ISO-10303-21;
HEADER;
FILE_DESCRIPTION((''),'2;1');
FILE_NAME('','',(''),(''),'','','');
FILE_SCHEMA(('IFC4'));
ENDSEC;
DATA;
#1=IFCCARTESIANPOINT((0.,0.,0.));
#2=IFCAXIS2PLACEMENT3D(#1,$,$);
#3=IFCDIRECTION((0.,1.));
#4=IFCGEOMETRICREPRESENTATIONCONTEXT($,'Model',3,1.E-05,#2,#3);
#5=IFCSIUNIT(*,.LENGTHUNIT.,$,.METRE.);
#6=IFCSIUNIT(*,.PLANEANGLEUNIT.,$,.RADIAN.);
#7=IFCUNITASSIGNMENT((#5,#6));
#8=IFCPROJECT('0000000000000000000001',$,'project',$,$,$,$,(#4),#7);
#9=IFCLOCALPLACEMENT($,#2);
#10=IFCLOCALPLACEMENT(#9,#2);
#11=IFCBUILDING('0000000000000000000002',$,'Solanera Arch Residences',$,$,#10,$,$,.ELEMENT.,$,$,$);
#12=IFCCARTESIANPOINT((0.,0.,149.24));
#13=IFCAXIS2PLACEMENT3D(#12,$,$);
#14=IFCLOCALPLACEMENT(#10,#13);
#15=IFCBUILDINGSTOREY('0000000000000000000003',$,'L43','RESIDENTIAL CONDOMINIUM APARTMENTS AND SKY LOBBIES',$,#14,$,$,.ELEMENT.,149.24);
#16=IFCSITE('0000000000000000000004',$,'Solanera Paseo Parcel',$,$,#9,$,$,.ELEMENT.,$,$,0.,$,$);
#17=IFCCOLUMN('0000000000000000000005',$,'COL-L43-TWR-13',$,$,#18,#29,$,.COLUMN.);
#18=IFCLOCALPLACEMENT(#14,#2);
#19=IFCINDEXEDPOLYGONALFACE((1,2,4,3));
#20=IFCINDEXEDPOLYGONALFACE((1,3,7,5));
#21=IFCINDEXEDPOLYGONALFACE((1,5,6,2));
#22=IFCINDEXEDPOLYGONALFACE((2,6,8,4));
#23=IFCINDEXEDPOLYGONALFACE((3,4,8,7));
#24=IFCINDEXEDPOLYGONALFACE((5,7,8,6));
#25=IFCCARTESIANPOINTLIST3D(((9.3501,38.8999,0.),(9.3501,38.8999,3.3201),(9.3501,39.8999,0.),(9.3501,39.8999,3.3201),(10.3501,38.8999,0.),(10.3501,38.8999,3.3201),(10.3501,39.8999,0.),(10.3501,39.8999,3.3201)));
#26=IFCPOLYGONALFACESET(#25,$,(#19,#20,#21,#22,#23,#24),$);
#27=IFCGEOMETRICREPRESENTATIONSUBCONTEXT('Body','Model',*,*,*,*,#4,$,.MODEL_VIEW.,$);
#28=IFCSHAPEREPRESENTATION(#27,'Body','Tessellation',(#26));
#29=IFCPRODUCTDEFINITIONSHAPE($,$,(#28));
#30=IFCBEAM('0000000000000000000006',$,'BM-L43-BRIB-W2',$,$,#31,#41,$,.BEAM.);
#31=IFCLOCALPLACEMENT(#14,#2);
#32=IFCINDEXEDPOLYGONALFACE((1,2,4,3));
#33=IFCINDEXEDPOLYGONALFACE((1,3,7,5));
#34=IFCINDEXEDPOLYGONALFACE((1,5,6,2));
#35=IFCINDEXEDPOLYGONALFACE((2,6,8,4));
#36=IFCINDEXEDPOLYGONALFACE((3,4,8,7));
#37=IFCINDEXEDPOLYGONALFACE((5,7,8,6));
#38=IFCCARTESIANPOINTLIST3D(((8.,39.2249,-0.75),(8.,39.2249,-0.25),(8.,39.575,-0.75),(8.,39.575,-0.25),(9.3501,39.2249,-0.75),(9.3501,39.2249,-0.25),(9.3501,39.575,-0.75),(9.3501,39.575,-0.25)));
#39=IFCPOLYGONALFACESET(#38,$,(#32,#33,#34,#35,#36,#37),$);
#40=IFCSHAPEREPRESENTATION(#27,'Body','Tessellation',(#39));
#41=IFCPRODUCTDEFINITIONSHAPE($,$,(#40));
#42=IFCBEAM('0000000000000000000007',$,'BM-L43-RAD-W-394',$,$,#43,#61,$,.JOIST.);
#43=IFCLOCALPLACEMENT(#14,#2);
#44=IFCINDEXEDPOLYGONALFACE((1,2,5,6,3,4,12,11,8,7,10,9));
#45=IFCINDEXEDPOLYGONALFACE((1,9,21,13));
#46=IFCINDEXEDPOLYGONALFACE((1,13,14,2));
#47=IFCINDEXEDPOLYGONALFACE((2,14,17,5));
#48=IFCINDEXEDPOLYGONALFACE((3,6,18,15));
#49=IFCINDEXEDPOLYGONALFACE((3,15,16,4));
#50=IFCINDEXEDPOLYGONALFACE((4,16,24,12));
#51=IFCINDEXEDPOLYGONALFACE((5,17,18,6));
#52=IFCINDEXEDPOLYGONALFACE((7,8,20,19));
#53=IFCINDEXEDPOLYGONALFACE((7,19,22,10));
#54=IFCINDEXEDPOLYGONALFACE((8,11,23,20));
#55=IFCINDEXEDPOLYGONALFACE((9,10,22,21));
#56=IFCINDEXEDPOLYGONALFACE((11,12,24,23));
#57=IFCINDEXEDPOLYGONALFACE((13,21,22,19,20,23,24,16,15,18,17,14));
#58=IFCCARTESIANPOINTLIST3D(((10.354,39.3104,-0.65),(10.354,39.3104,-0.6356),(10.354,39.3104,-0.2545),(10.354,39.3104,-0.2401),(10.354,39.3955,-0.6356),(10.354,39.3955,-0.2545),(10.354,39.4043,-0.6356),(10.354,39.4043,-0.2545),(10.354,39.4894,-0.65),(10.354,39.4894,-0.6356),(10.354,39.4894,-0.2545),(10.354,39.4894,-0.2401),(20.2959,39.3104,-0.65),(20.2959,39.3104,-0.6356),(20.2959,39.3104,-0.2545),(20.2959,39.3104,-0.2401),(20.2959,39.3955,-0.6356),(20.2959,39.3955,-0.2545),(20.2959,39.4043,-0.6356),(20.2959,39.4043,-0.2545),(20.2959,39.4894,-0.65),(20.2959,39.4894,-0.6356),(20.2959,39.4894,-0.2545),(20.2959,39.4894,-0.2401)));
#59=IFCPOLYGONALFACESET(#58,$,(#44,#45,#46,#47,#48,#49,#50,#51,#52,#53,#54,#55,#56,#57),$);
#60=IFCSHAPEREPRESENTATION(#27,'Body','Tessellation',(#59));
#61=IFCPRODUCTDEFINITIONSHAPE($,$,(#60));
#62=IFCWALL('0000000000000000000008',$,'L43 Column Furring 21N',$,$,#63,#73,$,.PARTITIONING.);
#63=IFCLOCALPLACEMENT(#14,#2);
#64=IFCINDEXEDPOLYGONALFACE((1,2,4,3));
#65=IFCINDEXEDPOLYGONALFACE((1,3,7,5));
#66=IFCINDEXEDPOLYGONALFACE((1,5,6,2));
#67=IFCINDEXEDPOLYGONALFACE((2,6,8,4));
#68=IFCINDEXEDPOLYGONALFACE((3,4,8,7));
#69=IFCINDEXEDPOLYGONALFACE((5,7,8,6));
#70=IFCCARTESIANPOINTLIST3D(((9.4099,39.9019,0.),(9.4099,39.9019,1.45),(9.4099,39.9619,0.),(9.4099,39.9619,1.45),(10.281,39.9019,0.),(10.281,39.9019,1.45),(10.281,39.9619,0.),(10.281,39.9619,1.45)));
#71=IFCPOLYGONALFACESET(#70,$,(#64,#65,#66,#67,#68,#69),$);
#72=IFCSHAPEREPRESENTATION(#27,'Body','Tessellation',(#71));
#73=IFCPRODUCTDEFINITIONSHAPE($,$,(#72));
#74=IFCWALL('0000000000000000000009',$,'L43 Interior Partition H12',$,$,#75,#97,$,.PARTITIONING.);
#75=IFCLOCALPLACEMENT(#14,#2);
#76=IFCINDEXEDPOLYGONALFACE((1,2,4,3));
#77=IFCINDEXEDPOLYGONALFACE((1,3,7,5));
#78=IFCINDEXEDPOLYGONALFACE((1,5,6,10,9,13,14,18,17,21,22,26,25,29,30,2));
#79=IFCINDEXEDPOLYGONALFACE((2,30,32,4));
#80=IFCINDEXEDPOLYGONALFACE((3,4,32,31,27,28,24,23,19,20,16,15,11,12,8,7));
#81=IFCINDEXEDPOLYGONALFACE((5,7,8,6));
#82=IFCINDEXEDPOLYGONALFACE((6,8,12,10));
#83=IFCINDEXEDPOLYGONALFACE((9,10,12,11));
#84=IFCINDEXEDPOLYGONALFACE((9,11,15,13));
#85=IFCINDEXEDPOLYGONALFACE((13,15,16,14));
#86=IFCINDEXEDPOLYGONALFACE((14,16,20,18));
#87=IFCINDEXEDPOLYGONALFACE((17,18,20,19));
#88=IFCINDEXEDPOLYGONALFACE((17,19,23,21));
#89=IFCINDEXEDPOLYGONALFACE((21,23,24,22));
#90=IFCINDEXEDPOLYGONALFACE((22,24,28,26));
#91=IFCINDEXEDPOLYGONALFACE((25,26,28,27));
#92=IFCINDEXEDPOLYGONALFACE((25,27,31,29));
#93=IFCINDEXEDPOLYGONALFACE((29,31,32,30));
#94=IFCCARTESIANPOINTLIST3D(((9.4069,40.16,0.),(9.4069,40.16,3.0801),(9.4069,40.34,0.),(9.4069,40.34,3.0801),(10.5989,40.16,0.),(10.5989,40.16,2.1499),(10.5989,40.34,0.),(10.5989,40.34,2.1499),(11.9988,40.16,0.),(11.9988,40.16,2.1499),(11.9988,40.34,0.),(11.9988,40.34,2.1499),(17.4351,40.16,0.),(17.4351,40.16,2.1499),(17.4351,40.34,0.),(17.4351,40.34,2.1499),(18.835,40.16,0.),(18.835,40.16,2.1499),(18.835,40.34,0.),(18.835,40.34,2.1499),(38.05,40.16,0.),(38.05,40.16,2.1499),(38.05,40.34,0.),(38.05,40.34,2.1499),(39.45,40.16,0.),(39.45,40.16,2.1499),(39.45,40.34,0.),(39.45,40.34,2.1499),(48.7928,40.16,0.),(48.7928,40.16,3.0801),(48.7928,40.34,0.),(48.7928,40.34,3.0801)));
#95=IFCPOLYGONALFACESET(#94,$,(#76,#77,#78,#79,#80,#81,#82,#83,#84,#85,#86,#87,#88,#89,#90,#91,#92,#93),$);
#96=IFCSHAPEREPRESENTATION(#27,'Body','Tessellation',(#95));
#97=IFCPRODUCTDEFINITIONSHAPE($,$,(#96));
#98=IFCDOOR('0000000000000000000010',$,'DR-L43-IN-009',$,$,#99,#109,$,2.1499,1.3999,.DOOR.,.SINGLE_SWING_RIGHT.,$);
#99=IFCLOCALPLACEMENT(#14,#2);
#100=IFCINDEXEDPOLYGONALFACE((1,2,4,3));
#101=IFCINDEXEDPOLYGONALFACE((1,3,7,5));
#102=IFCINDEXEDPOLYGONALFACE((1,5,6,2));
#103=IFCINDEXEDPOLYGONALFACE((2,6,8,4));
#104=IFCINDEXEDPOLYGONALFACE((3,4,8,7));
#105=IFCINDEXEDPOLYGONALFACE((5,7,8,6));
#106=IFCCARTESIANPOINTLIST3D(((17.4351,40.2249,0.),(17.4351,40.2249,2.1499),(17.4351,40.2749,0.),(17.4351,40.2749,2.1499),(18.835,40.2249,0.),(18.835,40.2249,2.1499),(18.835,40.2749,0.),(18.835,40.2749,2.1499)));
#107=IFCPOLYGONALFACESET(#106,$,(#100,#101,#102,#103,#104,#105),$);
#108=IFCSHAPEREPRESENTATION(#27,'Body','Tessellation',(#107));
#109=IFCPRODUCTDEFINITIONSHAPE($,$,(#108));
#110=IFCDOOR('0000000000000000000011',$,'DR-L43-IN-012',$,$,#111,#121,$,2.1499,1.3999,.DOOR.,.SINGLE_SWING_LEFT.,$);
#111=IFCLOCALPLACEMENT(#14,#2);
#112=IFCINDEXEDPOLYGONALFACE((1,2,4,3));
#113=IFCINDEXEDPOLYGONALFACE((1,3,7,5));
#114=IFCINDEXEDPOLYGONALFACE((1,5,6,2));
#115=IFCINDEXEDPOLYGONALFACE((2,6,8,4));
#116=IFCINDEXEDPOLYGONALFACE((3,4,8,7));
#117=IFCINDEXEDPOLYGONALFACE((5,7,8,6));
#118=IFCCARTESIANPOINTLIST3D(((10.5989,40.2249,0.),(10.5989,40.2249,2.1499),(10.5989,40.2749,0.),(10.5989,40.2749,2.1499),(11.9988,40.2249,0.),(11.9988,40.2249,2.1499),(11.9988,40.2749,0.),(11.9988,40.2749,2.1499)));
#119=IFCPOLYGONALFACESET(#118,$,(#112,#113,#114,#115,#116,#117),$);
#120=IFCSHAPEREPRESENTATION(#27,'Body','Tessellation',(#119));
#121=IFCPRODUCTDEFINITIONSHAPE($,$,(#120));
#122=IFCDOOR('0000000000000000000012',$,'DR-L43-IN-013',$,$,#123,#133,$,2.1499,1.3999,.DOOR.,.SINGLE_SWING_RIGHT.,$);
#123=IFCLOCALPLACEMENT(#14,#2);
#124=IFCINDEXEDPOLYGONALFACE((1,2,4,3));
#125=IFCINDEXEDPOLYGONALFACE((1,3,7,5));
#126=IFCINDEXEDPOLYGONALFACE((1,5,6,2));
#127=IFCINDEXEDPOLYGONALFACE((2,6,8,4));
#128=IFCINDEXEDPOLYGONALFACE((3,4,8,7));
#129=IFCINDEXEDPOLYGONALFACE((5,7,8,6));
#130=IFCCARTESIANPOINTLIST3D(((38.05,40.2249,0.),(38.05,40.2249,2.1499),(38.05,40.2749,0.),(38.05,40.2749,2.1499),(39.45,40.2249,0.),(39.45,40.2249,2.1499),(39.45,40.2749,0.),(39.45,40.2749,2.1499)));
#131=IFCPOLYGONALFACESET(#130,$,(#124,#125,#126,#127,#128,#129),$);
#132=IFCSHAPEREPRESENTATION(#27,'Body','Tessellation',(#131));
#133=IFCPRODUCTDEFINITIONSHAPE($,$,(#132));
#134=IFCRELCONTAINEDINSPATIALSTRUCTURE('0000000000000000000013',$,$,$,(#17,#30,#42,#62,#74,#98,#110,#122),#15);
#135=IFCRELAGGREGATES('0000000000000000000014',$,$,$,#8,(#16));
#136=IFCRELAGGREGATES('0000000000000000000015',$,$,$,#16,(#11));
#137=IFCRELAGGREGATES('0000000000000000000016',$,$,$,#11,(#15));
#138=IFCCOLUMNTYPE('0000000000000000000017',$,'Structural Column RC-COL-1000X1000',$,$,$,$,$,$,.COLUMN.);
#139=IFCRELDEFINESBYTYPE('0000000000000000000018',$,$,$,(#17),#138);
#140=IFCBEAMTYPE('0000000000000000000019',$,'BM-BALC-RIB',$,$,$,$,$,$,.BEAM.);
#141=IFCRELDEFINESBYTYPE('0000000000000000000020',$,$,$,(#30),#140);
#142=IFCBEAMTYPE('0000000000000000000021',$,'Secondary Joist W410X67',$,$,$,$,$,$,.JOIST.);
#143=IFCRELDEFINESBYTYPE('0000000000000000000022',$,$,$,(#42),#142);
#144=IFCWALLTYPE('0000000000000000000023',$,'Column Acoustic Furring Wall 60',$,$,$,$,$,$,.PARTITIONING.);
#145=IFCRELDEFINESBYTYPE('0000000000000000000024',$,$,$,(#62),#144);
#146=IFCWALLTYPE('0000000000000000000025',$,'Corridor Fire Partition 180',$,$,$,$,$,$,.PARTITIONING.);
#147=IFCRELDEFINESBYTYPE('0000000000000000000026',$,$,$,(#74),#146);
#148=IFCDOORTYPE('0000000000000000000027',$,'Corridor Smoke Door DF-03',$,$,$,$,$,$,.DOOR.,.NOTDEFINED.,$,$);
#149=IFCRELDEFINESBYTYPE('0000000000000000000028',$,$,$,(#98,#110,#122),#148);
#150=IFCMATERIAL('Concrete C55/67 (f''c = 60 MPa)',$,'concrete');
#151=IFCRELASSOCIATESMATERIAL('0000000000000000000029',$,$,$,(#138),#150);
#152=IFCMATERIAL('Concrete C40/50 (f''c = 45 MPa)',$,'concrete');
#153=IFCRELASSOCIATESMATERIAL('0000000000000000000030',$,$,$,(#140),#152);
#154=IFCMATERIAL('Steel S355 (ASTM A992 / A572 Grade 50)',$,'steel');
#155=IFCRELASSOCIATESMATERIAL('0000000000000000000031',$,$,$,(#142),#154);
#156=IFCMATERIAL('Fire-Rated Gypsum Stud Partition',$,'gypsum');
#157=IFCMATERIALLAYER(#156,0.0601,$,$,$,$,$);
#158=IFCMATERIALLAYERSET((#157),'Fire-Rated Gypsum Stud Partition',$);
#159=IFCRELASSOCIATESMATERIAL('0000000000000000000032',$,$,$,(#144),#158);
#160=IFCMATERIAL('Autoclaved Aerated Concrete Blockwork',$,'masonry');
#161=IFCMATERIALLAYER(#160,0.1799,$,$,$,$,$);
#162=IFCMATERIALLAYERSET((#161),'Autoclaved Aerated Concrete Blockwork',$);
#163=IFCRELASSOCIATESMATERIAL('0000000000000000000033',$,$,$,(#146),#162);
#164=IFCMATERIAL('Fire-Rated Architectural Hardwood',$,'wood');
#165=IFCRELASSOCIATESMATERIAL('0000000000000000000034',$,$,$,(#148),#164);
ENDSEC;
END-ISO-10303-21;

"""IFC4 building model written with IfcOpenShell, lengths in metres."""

from ifc_helpers import new_model, si_unit, direction, frame, frame_2d, origin, origin_2d, place, context, subcontext, project, spatial, rectangle, i_section, extrude, material, layer, layer_set, material_profile, profile_set, type_object, element, fill, save


model = new_model("IFC4")

# Units and contexts
model_context = context("Model", 3, precision=1e-05, world=origin(), true_north=direction((0.0, 1.0)))
body_context = subcontext(model_context, "Body", "Model", "MODEL_VIEW")
ifc_project = project(units=[si_unit("LENGTHUNIT", "METRE"), si_unit("PLANEANGLEUNIT", "RADIAN")], contexts=[model_context])

# Site, building, storey
site_placement = place(None, origin())
site = spatial("IfcSite", under=ifc_project, at=site_placement, Name="Solanera Paseo Parcel", CompositionType="ELEMENT", RefElevation=0.0)
building_placement = place(site_placement, origin())
building = spatial("IfcBuilding", under=site, at=building_placement, Name="Solanera Arch Residences", CompositionType="ELEMENT")
storey_placement = place(building_placement, frame((0.0, 0.0, 149.24)))
storey = spatial("IfcBuildingStorey", under=building, at=storey_placement, Name="L43", Description="RESIDENTIAL CONDOMINIUM APARTMENTS AND SKY LOBBIES", CompositionType="ELEMENT", Elevation=149.24)

# Column
ifc_material_1 = material(Name="Concrete C55/67 (f'c = 60 MPa)", Category="concrete")
ifc_material_profile_1 = material_profile(ifc_material_1, rectangle(XDim=1.0, YDim=1.0, at=origin_2d()))
ifc_profile_set_1 = profile_set([ifc_material_profile_1], Name="Concrete C55/67 (f'c = 60 MPa)")
column_type = type_object("IfcColumnType", Name="Structural Column RC-COL-1000X1000", PredefinedType="COLUMN", material=ifc_profile_set_1)
column_placement = place(storey_placement, frame((9.8501, 39.3999, 0.0), z_axis=(0.0, 0.0, 1.0), x_axis=(1.0, 0.0, 0.0)))
element("IfcColumn", 1, at=column_placement, inside=storey, type_object=column_type, Name="COL-L43-TWR-13", PredefinedType="COLUMN", context=body_context, shape_type="SweptSolid", body=[
    extrude(rectangle(XDim=1.0, YDim=1.0, at=origin_2d()), origin(), (0.0, 0.0, 1.0), 3.3201),
])

# Beams
ifc_material_2 = material(Name="Concrete C40/50 (f'c = 45 MPa)", Category="concrete")
ifc_material_profile_2 = material_profile(ifc_material_2, rectangle(XDim=0.3501, YDim=0.5, at=origin_2d()))
ifc_profile_set_2 = profile_set([ifc_material_profile_2], Name="Concrete C40/50 (f'c = 45 MPa)")
beam_type_1 = type_object("IfcBeamType", Name="BM-BALC-RIB", PredefinedType="BEAM", material=ifc_profile_set_2)
beam_1_placement = place(storey_placement, frame((8.0, 39.3999, -0.5), z_axis=(1.0, 0.0, 0.0), x_axis=(0.0, 1.0, 0.0)))
element("IfcBeam", 2, at=beam_1_placement, inside=storey, type_object=beam_type_1, Name="BM-L43-BRIB-W2", PredefinedType="BEAM", context=body_context, shape_type="SweptSolid", body=[
    extrude(rectangle(XDim=0.3501, YDim=0.5, at=origin_2d()), origin(), (0.0, 0.0, 1.0), 1.3501),
])
ifc_material_3 = material(Name="Steel S355 (ASTM A992 / A572 Grade 50)", Category="steel")
ifc_material_profile_3 = material_profile(ifc_material_3, i_section(OverallWidth=0.179, OverallDepth=0.4099, WebThickness=0.0088, FlangeThickness=0.0144, at=origin_2d()))
ifc_profile_set_3 = profile_set([ifc_material_profile_3], Name="Steel S355 (ASTM A992 / A572 Grade 50)")
beam_type_2 = type_object("IfcBeamType", Name="Secondary Joist W410X67", PredefinedType="JOIST", material=ifc_profile_set_3)
beam_2_placement = place(storey_placement, frame((10.354, 39.3999, -0.4451), z_axis=(1.0, 0.0, 0.0), x_axis=(0.0, 1.0, 0.0)))
element("IfcBeam", 3, at=beam_2_placement, inside=storey, type_object=beam_type_2, Name="BM-L43-RAD-W-394", PredefinedType="JOIST", context=body_context, shape_type="SweptSolid", body=[
    extrude(i_section(OverallWidth=0.179, OverallDepth=0.4099, WebThickness=0.0088, FlangeThickness=0.0144, at=origin_2d()), origin(), (0.0, 0.0, 1.0), 9.9419),
])

# Wall
ifc_material_4 = material(Name="Fire-Rated Gypsum Stud Partition", Category="gypsum")
ifc_layer_1 = layer(ifc_material_4, 0.0601)
ifc_layer_set_1 = layer_set([ifc_layer_1], Name="Fire-Rated Gypsum Stud Partition")
wall_type_1 = type_object("IfcWallType", Name="Column Acoustic Furring Wall 60", PredefinedType="PARTITIONING", material=ifc_layer_set_1)
wall_1_placement = place(storey_placement, frame((9.4099, 39.9319, 0.0), z_axis=(0.0, 0.0, 1.0), x_axis=(1.0, 0.0, 0.0)))
element("IfcWall", 4, at=wall_1_placement, inside=storey, type_object=wall_type_1, Name="L43 Column Furring 21N", PredefinedType="PARTITIONING", context=body_context, shape_type="SweptSolid", body=[
    extrude(rectangle(XDim=0.8711, YDim=0.0601, at=frame_2d((0.4355, 0.0))), origin(), (0.0, 0.0, 1.0), 1.45),
])

# Wall, openings, doors
ifc_material_5 = material(Name="Autoclaved Aerated Concrete Blockwork", Category="masonry")
ifc_layer_2 = layer(ifc_material_5, 0.1799)
ifc_layer_set_2 = layer_set([ifc_layer_2], Name="Autoclaved Aerated Concrete Blockwork")
wall_type_2 = type_object("IfcWallType", Name="Corridor Fire Partition 180", PredefinedType="PARTITIONING", material=ifc_layer_set_2)
wall_2_placement = place(storey_placement, frame((9.407, 40.25, 0.0), z_axis=(0.0, 0.0, 1.0), x_axis=(1.0, 0.0, 0.0)))
wall_2 = element("IfcWall", 5, at=wall_2_placement, inside=storey, type_object=wall_type_2, Name="L43 Interior Partition H12", PredefinedType="PARTITIONING", context=body_context, shape_type="SweptSolid", body=[
    extrude(rectangle(XDim=39.386, YDim=0.1799, at=frame_2d((19.6929, 0.0))), origin(), (0.0, 0.0, 1.0), 3.0801),
])
opening_1_placement = place(wall_2_placement, frame((8.0281, 0.0, 0.0)))
opening_1 = element("IfcOpeningElement", 6, at=opening_1_placement, cuts=wall_2, PredefinedType="OPENING", context=body_context, shape_type="SweptSolid", body=[
    extrude(rectangle(XDim=1.3999, YDim=2.1499, at=frame_2d((0.7, 1.075))), frame((0.0, 0.1001, 0.0), z_axis=(0.0, -1.0, 0.0), x_axis=(1.0, 0.0, 0.0)), (0.0, 0.0, 1.0), 0.1999),
])
opening_2_placement = place(wall_2_placement, frame((1.1919, 0.0, 0.0)))
opening_2 = element("IfcOpeningElement", 7, at=opening_2_placement, cuts=wall_2, PredefinedType="OPENING", context=body_context, shape_type="SweptSolid", body=[
    extrude(rectangle(XDim=1.3999, YDim=2.1499, at=frame_2d((0.7, 1.075))), frame((0.0, 0.1001, 0.0), z_axis=(0.0, -1.0, 0.0), x_axis=(1.0, 0.0, 0.0)), (0.0, 0.0, 1.0), 0.1999),
])
opening_3_placement = place(wall_2_placement, frame((28.6431, 0.0, 0.0)))
opening_3 = element("IfcOpeningElement", 8, at=opening_3_placement, cuts=wall_2, PredefinedType="OPENING", context=body_context, shape_type="SweptSolid", body=[
    extrude(rectangle(XDim=1.3999, YDim=2.1499, at=frame_2d((0.7, 1.075))), frame((0.0, 0.1001, 0.0), z_axis=(0.0, -1.0, 0.0), x_axis=(1.0, 0.0, 0.0)), (0.0, 0.0, 1.0), 0.1999),
])
ifc_material_6 = material(Name="Fire-Rated Architectural Hardwood", Category="wood")
door_type_1 = type_object("IfcDoorType", Name="Corridor Smoke Door DF-03", OperationType="NOTDEFINED", PredefinedType="DOOR", material=ifc_material_6)
door_1_placement = place(opening_1_placement, origin())
door_1 = element("IfcDoor", 9, at=door_1_placement, inside=storey, type_object=door_type_1, Name="DR-L43-IN-009", OperationType="SINGLE_SWING_RIGHT", OverallHeight=2.1499, OverallWidth=1.3999, PredefinedType="DOOR", context=body_context, shape_type="SweptSolid", body=[
    extrude(rectangle(XDim=1.3999, YDim=2.1499, at=frame_2d((0.7, 1.075))), frame((0.0, 0.0249, 0.0), z_axis=(0.0, -1.0, 0.0), x_axis=(1.0, 0.0, 0.0)), (0.0, 0.0, 1.0), 0.05),
])
fill(opening_1, door_1)
door_2_placement = place(opening_2_placement, origin())
door_2 = element("IfcDoor", 10, at=door_2_placement, inside=storey, type_object=door_type_1, Name="DR-L43-IN-012", OperationType="SINGLE_SWING_LEFT", OverallHeight=2.1499, OverallWidth=1.3999, PredefinedType="DOOR", context=body_context, shape_type="SweptSolid", body=[
    extrude(rectangle(XDim=1.3999, YDim=2.1499, at=frame_2d((0.7, 1.075))), frame((0.0, 0.0249, 0.0), z_axis=(0.0, -1.0, 0.0), x_axis=(1.0, 0.0, 0.0)), (0.0, 0.0, 1.0), 0.05),
])
fill(opening_2, door_2)
door_3_placement = place(opening_3_placement, origin())
door_3 = element("IfcDoor", 11, at=door_3_placement, inside=storey, type_object=door_type_1, Name="DR-L43-IN-013", OperationType="SINGLE_SWING_RIGHT", OverallHeight=2.1499, OverallWidth=1.3999, PredefinedType="DOOR", context=body_context, shape_type="SweptSolid", body=[
    extrude(rectangle(XDim=1.3999, YDim=2.1499, at=frame_2d((0.7, 1.075))), frame((0.0, 0.0249, 0.0), z_axis=(0.0, -1.0, 0.0), x_axis=(1.0, 0.0, 0.0)), (0.0, 0.0, 1.0), 0.05),
])
fill(opening_3, door_3)

save(model, "model.ifc")
